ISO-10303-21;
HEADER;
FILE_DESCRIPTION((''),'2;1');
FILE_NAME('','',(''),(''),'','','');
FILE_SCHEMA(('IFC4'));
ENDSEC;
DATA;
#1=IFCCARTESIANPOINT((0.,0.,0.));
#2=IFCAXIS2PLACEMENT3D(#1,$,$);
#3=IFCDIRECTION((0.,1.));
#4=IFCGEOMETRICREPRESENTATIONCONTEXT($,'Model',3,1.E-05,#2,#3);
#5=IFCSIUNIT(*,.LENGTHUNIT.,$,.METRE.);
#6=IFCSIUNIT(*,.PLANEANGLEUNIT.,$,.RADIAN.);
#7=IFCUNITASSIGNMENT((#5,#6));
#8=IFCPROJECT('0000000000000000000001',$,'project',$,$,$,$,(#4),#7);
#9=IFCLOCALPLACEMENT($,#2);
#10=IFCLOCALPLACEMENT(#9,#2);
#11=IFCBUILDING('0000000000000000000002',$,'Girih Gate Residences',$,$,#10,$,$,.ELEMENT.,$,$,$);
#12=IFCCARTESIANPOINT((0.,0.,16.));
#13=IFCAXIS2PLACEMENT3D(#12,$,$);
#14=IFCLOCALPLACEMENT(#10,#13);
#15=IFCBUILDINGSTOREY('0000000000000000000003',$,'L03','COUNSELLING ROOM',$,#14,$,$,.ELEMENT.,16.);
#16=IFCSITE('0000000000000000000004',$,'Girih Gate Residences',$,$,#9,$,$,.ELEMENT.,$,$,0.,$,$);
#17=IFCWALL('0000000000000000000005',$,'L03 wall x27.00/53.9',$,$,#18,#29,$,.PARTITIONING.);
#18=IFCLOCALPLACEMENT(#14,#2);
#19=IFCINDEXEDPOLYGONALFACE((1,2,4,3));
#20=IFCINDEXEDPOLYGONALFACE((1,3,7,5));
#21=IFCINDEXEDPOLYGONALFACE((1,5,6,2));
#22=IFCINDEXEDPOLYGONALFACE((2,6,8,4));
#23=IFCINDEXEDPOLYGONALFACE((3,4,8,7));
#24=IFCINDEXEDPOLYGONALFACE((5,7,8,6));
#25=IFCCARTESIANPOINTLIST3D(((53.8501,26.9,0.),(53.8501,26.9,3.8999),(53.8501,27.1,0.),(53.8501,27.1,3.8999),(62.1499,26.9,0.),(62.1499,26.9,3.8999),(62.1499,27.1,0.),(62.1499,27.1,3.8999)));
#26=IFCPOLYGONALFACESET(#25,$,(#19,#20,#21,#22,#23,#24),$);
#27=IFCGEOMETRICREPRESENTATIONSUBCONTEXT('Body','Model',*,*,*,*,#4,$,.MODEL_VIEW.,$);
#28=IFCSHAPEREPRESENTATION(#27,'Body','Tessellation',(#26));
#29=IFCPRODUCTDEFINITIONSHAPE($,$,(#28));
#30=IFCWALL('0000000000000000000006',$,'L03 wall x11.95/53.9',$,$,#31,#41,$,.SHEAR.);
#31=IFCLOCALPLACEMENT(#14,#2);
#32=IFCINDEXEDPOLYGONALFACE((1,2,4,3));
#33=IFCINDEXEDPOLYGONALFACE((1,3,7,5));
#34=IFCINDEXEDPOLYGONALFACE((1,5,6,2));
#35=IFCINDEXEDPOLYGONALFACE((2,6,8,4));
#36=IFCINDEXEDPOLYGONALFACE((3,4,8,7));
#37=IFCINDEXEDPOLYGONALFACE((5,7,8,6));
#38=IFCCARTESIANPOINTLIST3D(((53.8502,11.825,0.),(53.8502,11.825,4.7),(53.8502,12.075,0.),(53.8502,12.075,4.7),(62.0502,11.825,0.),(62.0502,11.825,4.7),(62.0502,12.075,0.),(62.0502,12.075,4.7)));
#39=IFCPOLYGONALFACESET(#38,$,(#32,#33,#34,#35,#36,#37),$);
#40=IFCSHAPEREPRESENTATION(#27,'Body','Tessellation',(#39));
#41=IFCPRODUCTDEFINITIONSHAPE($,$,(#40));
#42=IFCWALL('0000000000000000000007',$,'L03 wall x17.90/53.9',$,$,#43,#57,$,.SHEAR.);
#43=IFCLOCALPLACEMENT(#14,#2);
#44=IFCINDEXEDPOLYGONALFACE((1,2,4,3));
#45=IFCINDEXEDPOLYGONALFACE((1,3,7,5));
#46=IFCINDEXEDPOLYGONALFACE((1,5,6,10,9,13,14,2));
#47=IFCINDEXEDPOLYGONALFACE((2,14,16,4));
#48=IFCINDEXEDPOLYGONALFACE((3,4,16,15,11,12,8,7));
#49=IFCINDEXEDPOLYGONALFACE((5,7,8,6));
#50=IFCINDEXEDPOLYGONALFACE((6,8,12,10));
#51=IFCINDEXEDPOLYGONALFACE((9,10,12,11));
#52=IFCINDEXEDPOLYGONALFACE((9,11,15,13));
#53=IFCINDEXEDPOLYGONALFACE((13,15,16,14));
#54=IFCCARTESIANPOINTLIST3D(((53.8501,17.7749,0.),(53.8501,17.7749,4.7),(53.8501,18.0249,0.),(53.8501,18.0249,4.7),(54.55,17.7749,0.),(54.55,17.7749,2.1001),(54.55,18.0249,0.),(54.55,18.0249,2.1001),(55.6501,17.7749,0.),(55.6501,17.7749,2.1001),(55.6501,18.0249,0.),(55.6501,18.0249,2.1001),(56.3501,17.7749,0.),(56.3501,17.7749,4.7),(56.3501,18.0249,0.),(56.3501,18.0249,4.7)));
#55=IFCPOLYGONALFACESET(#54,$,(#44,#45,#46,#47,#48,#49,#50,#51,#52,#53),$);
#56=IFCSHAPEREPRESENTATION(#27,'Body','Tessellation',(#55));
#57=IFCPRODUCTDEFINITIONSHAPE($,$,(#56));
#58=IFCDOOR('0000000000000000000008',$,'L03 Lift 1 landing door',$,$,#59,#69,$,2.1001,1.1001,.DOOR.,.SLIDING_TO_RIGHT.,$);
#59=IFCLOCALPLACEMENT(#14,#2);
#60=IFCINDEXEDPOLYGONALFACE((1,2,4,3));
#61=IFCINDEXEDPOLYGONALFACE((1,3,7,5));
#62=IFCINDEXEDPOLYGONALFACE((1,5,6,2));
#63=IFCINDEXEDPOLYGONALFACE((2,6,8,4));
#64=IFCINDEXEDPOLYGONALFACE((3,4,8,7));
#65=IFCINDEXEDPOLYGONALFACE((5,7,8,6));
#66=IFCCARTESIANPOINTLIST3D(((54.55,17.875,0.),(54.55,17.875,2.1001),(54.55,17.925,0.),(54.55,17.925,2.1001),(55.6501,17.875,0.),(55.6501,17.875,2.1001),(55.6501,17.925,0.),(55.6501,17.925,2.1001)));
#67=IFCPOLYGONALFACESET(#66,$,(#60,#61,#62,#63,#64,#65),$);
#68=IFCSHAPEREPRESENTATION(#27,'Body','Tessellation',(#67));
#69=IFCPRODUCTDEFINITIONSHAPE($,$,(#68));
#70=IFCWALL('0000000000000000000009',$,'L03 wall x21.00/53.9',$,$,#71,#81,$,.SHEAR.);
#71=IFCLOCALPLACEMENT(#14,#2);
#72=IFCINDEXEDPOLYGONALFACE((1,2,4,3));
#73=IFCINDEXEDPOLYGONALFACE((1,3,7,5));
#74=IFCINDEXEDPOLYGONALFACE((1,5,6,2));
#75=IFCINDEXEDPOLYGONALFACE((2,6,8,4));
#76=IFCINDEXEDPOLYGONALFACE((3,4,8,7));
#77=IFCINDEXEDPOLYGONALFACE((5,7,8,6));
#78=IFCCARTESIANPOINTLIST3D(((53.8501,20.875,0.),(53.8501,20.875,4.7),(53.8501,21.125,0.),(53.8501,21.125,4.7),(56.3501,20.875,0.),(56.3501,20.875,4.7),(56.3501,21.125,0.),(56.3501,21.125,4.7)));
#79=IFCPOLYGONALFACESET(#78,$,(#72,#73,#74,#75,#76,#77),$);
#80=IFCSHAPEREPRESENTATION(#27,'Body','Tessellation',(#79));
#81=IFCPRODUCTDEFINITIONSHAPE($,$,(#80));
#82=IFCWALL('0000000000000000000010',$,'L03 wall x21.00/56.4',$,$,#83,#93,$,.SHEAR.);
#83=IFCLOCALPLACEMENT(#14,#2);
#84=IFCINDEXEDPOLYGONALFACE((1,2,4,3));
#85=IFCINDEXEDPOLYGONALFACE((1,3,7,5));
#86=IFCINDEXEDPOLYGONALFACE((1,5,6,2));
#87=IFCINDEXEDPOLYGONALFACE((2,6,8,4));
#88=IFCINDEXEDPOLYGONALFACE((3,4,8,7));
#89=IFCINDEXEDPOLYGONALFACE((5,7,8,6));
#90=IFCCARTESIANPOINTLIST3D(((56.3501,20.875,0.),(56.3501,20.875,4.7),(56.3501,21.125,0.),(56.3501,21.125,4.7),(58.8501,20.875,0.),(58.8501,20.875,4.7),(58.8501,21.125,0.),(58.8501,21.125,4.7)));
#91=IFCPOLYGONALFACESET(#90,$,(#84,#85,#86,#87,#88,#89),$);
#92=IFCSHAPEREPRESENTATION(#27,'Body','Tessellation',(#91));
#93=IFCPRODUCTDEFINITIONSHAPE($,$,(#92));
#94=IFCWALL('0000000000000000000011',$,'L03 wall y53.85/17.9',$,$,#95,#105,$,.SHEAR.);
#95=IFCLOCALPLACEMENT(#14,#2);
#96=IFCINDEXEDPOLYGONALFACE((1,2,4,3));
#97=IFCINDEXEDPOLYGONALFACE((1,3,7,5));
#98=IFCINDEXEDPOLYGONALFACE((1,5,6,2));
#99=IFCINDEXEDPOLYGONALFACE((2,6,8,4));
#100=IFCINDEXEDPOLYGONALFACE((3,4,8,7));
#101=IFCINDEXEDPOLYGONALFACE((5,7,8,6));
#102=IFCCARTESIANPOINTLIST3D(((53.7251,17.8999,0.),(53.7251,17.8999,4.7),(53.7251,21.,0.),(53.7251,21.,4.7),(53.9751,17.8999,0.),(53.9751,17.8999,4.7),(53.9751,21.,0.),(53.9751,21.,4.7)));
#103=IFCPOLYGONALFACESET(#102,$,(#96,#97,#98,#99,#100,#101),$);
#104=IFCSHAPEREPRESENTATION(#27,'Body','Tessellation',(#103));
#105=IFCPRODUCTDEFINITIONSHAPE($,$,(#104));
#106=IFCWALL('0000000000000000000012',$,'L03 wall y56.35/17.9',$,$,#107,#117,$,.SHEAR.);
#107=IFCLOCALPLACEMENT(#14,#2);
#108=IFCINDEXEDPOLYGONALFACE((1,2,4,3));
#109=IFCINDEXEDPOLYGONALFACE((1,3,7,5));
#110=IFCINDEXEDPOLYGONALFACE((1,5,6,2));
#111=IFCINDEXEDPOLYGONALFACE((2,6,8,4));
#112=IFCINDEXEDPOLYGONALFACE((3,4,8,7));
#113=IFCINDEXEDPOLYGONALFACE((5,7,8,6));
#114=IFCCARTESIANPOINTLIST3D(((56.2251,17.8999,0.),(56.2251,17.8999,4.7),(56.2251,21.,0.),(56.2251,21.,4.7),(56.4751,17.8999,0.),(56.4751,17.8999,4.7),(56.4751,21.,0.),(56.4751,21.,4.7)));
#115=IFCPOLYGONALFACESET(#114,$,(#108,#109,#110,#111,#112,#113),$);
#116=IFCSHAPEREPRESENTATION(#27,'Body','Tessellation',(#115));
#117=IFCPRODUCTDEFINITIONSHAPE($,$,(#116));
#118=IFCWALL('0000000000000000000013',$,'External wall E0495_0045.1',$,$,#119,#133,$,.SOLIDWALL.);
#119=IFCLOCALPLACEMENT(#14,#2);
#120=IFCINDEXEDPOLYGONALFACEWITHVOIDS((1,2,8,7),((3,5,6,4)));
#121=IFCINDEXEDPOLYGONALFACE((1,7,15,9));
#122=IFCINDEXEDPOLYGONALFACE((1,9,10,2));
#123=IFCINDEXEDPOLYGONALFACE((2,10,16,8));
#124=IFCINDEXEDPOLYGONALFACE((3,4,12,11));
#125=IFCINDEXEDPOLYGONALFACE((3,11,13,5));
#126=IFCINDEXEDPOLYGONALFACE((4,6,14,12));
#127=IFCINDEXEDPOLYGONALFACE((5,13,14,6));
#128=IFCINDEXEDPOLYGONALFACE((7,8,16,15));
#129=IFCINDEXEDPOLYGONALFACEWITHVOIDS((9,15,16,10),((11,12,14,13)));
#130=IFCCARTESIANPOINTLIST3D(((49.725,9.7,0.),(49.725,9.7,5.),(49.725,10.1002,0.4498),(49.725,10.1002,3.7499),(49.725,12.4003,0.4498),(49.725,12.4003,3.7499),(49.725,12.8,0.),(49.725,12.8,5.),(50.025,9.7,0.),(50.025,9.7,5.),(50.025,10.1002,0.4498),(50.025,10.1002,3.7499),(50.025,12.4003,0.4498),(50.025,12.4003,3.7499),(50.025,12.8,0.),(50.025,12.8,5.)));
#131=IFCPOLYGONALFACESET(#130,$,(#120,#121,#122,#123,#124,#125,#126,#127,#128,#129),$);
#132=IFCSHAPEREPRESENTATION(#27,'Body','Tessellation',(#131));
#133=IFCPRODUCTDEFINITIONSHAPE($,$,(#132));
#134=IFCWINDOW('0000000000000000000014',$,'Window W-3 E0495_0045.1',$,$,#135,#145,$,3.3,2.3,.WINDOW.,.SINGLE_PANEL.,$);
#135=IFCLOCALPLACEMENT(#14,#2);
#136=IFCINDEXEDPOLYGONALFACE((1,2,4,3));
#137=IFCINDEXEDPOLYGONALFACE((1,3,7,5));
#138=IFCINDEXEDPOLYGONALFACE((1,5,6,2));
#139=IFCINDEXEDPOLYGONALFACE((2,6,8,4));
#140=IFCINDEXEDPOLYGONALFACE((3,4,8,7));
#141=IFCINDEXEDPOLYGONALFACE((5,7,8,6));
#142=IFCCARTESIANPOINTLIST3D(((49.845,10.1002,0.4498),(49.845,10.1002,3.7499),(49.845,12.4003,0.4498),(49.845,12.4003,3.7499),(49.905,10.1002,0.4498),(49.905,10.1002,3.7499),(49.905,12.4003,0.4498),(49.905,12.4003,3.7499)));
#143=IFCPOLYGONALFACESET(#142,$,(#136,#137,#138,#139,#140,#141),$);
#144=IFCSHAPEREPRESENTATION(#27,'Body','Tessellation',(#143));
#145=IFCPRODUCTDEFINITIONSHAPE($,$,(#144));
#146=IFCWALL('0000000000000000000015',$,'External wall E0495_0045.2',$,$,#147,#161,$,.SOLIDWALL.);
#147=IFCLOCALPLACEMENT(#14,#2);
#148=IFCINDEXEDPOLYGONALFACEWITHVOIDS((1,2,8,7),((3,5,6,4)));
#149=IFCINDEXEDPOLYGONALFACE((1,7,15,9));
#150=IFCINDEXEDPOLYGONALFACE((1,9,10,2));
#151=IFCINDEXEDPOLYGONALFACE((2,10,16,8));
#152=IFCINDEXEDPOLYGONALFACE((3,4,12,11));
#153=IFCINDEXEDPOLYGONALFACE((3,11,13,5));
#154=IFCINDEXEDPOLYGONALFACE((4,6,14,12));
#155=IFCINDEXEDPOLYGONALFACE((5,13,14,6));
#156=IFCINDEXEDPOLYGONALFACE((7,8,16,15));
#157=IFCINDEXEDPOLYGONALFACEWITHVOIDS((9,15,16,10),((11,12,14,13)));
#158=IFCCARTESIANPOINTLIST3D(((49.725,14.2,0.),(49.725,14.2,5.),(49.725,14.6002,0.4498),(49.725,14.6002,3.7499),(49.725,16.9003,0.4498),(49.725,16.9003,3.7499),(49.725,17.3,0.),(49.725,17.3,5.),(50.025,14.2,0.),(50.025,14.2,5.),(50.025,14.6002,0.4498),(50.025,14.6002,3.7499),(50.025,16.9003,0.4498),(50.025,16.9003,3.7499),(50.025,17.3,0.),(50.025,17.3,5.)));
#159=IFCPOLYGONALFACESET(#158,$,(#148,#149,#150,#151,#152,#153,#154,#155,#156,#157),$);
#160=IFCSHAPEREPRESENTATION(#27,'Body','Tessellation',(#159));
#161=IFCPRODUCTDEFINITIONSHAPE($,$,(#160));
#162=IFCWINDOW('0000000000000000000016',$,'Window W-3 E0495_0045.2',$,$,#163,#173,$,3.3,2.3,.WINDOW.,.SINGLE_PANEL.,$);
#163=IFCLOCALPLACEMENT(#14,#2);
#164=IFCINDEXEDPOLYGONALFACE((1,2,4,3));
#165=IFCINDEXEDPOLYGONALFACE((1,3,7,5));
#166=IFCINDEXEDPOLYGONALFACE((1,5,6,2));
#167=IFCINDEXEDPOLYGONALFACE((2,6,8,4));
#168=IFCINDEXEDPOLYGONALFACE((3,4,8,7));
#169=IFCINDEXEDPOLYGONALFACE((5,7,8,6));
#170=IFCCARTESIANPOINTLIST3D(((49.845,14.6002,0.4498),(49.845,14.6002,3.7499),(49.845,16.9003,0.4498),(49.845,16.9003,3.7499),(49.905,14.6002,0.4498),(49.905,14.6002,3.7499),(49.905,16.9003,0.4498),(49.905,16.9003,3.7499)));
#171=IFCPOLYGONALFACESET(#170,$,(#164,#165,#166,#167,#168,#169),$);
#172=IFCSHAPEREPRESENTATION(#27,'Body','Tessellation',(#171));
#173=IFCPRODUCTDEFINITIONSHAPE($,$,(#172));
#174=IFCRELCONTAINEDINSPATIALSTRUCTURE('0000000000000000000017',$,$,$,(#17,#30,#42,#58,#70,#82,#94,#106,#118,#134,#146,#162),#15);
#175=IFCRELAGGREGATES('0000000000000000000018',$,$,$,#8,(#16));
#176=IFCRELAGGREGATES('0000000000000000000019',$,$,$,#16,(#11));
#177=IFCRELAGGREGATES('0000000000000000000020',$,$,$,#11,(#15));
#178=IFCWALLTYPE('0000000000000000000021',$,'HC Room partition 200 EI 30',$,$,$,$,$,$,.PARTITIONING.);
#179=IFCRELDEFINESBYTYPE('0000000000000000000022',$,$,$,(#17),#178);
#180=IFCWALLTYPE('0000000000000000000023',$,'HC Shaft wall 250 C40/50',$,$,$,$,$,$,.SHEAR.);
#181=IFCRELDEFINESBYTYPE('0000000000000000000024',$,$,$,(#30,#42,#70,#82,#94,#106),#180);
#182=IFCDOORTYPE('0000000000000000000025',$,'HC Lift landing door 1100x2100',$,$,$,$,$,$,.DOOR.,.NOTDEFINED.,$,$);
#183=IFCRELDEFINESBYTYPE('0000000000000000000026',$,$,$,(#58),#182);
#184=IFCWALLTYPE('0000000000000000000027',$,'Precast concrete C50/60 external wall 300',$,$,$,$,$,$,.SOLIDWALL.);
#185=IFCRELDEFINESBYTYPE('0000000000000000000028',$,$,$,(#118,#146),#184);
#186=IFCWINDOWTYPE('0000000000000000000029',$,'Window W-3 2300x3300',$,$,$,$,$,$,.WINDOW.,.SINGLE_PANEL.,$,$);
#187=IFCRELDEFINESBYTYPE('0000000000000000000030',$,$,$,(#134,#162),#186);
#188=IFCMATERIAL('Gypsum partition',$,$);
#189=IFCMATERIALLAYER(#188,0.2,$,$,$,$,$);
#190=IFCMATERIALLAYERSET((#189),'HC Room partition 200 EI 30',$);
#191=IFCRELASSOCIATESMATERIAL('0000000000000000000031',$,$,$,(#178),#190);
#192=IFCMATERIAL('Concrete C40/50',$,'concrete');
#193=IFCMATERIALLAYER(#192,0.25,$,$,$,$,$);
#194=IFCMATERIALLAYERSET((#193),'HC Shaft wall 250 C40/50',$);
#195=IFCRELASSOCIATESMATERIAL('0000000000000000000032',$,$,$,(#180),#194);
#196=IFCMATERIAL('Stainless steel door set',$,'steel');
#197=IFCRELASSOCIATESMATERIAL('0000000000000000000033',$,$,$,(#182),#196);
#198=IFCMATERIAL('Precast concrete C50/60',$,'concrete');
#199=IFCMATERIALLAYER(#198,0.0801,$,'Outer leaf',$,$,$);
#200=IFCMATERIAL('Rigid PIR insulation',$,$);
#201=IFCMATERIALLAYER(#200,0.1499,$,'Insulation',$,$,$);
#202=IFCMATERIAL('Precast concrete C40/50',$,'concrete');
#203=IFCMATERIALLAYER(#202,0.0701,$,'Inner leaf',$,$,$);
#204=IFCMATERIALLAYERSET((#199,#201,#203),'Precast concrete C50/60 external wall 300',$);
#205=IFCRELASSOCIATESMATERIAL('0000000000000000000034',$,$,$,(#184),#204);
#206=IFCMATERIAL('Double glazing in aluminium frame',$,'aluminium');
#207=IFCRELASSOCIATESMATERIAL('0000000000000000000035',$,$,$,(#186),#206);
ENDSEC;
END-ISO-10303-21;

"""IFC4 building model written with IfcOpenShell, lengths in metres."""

from ifc_helpers import new_model, si_unit, direction, frame, frame_2d, origin, place, context, subcontext, project, spatial, rectangle, extrude, material, layer, layer_set, type_object, element, fill, save


model = new_model("IFC4")

# Units and contexts
model_context = context("Model", 3, precision=1e-05, world=origin(), true_north=direction((0.0, 1.0)))
body_context = subcontext(model_context, "Body", "Model", "MODEL_VIEW")
ifc_project = project(units=[si_unit("LENGTHUNIT", "METRE"), si_unit("PLANEANGLEUNIT", "RADIAN")], contexts=[model_context])

# Site, building, storey
site_placement = place(None, origin())
site = spatial("IfcSite", under=ifc_project, at=site_placement, Name="Girih Gate Residences", CompositionType="ELEMENT", RefElevation=0.0)
building_placement = place(site_placement, origin())
building = spatial("IfcBuilding", under=site, at=building_placement, Name="Girih Gate Residences", CompositionType="ELEMENT")
storey_placement = place(building_placement, frame((0.0, 0.0, 16.0)))
storey = spatial("IfcBuildingStorey", under=building, at=storey_placement, Name="L03", Description="COUNSELLING ROOM", CompositionType="ELEMENT", Elevation=16.0)

# Shared definitions
ifc_material_1 = material(Name="Concrete C40/50", Category="concrete")

# Walls
ifc_material_2 = material(Name="Gypsum partition")
ifc_layer_1 = layer(ifc_material_2, 0.2)
ifc_layer_set_1 = layer_set([ifc_layer_1], Name="HC Room partition 200 EI 30")
wall_type_1 = type_object("IfcWallType", Name="HC Room partition 200 EI 30", PredefinedType="PARTITIONING", material=ifc_layer_set_1)
wall_1_placement = place(storey_placement, frame((53.8501, 27.0, 0.0), z_axis=(0.0, 0.0, 1.0), x_axis=(1.0, 0.0, 0.0)))
element("IfcWall", 1, at=wall_1_placement, inside=storey, type_object=wall_type_1, Name="L03 wall x27.00/53.9", PredefinedType="PARTITIONING", context=body_context, shape_type="SweptSolid", body=[
    extrude(rectangle(XDim=8.2998, YDim=0.2, at=frame_2d((4.1499, 0.0))), origin(), (0.0, 0.0, 1.0), 3.8999),
])
ifc_layer_2 = layer(ifc_material_1, 0.25)
ifc_layer_set_2 = layer_set([ifc_layer_2], Name="HC Shaft wall 250 C40/50")
wall_type_2 = type_object("IfcWallType", Name="HC Shaft wall 250 C40/50", PredefinedType="SHEAR", material=ifc_layer_set_2)
wall_2_placement = place(storey_placement, frame((53.8501, 11.95, 0.0), z_axis=(0.0, 0.0, 1.0), x_axis=(1.0, 0.0, 0.0)))
element("IfcWall", 2, at=wall_2_placement, inside=storey, type_object=wall_type_2, Name="L03 wall x11.95/53.9", PredefinedType="SHEAR", context=body_context, shape_type="SweptSolid", body=[
    extrude(rectangle(XDim=8.2, YDim=0.25, at=frame_2d((4.1001, 0.0))), origin(), (0.0, 0.0, 1.0), 4.7),
])

# Wall, opening, door
wall_3_placement = place(storey_placement, frame((56.3501, 17.8999, 0.0), z_axis=(0.0, 0.0, 1.0), x_axis=(-1.0, 0.0, 0.0)))
wall_3 = element("IfcWall", 3, at=wall_3_placement, inside=storey, type_object=wall_type_2, Name="L03 wall x17.90/53.9", PredefinedType="SHEAR", context=body_context, shape_type="SweptSolid", body=[
    extrude(rectangle(XDim=2.5, YDim=0.25, at=frame_2d((1.25, 0.0))), origin(), (0.0, 0.0, 1.0), 4.7),
])
opening_1_placement = place(wall_3_placement, frame((0.7, 0.0, 0.0)))
opening_1 = element("IfcOpeningElement", 4, at=opening_1_placement, cuts=wall_3, PredefinedType="OPENING", context=body_context, shape_type="SweptSolid", body=[
    extrude(rectangle(XDim=1.1001, YDim=2.1001, at=frame_2d((0.55, 1.05))), frame((0.0, 0.135, 0.0), z_axis=(0.0, -1.0, 0.0), x_axis=(1.0, 0.0, 0.0)), (0.0, 0.0, 1.0), 0.27),
])
ifc_material_3 = material(Name="Stainless steel door set", Category="steel")
door_type_1 = type_object("IfcDoorType", Name="HC Lift landing door 1100x2100", OperationType="NOTDEFINED", PredefinedType="DOOR", material=ifc_material_3)
door_1_placement = place(opening_1_placement, origin())
door_1 = element("IfcDoor", 5, at=door_1_placement, inside=storey, type_object=door_type_1, Name="L03 Lift 1 landing door", OperationType="SLIDING_TO_RIGHT", OverallHeight=2.1001, OverallWidth=1.1001, PredefinedType="DOOR", context=body_context, shape_type="SweptSolid", body=[
    extrude(rectangle(XDim=1.1001, YDim=2.1001, at=frame_2d((0.55, 1.05))), frame((0.0, 0.0249, 0.0), z_axis=(0.0, -1.0, 0.0), x_axis=(1.0, 0.0, 0.0)), (0.0, 0.0, 1.0), 0.05),
])
fill(opening_1, door_1)

# Walls
for number, where, z_axis, x_axis, name in (
    (6, (53.8501, 21.0, 0.0), (0.0, 0.0, 1.0), (1.0, 0.0, 0.0), "L03 wall x21.00/53.9"),
    (7, (56.3501, 21.0, 0.0), (0.0, 0.0, 1.0), (1.0, 0.0, 0.0), "L03 wall x21.00/56.4"),
):
    element("IfcWall", number, at=place(storey_placement, frame(where, z_axis=z_axis, x_axis=x_axis)), inside=storey, type_object=wall_type_2, Name=name, PredefinedType="SHEAR", context=body_context, shape_type="SweptSolid", body=[
        extrude(rectangle(XDim=2.5, YDim=0.25, at=frame_2d((1.25, 0.0))), origin(), (0.0, 0.0, 1.0), 4.7),
    ])
for number, where, z_axis, x_axis, name in (
    (8, (53.8501, 17.8999, 0.0), (0.0, 0.0, 1.0), (0.0, 1.0, 0.0), "L03 wall y53.85/17.9"),
    (9, (56.3501, 17.8999, 0.0), (0.0, 0.0, 1.0), (0.0, 1.0, 0.0), "L03 wall y56.35/17.9"),
):
    element("IfcWall", number, at=place(storey_placement, frame(where, z_axis=z_axis, x_axis=x_axis)), inside=storey, type_object=wall_type_2, Name=name, PredefinedType="SHEAR", context=body_context, shape_type="SweptSolid", body=[
        extrude(rectangle(XDim=3.1001, YDim=0.25, at=frame_2d((1.55, 0.0))), origin(), (0.0, 0.0, 1.0), 4.7),
    ])

# Walls, openings, windows
ifc_material_4 = material(Name="Precast concrete C50/60", Category="concrete")
ifc_layer_3 = layer(ifc_material_4, 0.0801, Name="Outer leaf")
ifc_material_5 = material(Name="Rigid PIR insulation")
ifc_layer_4 = layer(ifc_material_5, 0.1499, Name="Insulation")
ifc_material_6 = material(Name="Precast concrete C40/50", Category="concrete")
ifc_layer_5 = layer(ifc_material_6, 0.0701, Name="Inner leaf")
ifc_layer_set_3 = layer_set([ifc_layer_3, ifc_layer_4, ifc_layer_5], Name="Precast concrete C50/60 external wall 300")
wall_type_3 = type_object("IfcWallType", Name="Precast concrete C50/60 external wall 300", PredefinedType="SOLIDWALL", material=ifc_layer_set_3)
wall_4_placement = place(storey_placement, frame((49.875, 12.8, 0.0), z_axis=(0.0, 0.0, 1.0), x_axis=(0.0, -1.0, 0.0)))
wall_4 = element("IfcWall", 10, at=wall_4_placement, inside=storey, type_object=wall_type_3, Name="External wall E0495_0045.1", PredefinedType="SOLIDWALL", context=body_context, shape_type="SweptSolid", body=[
    extrude(rectangle(XDim=3.1001, YDim=0.3, at=frame_2d((1.55, 0.0))), origin(), (0.0, 0.0, 1.0), 5.0),
])
opening_2_placement = place(wall_4_placement, frame((0.3999, 0.0, 0.45)))
opening_2 = element("IfcOpeningElement", 11, at=opening_2_placement, cuts=wall_4, PredefinedType="OPENING", context=body_context, shape_type="SweptSolid", body=[
    extrude(rectangle(XDim=2.3, YDim=3.3, at=frame_2d((1.1499, 1.6499))), frame((0.0, 0.1599, 0.0), z_axis=(0.0, -1.0, 0.0), x_axis=(1.0, 0.0, 0.0)), (0.0, 0.0, 1.0), 0.3201),
])
ifc_material_7 = material(Name="Double glazing in aluminium frame", Category="aluminium")
window_type = type_object("IfcWindowType", Name="Window W-3 2300x3300", PartitioningType="SINGLE_PANEL", PredefinedType="WINDOW", material=ifc_material_7)
window_1_placement = place(opening_2_placement, origin())
window_1 = element("IfcWindow", 12, at=window_1_placement, inside=storey, type_object=window_type, Name="Window W-3 E0495_0045.1", OverallHeight=3.3, OverallWidth=2.3, PartitioningType="SINGLE_PANEL", PredefinedType="WINDOW", context=body_context, shape_type="SweptSolid", body=[
    extrude(rectangle(XDim=2.3, YDim=3.3, at=frame_2d((1.1499, 1.6499))), frame((0.0, 0.03, 0.0), z_axis=(0.0, -1.0, 0.0), x_axis=(1.0, 0.0, 0.0)), (0.0, 0.0, 1.0), 0.0601),
])
fill(opening_2, window_1)
wall_5_placement = place(storey_placement, frame((49.875, 17.3, 0.0), z_axis=(0.0, 0.0, 1.0), x_axis=(0.0, -1.0, 0.0)))
wall_5 = element("IfcWall", 13, at=wall_5_placement, inside=storey, type_object=wall_type_3, Name="External wall E0495_0045.2", PredefinedType="SOLIDWALL", context=body_context, shape_type="SweptSolid", body=[
    extrude(rectangle(XDim=3.1001, YDim=0.3, at=frame_2d((1.55, 0.0))), origin(), (0.0, 0.0, 1.0), 5.0),
])
opening_3_placement = place(wall_5_placement, frame((0.3999, 0.0, 0.45)))
opening_3 = element("IfcOpeningElement", 14, at=opening_3_placement, cuts=wall_5, PredefinedType="OPENING", context=body_context, shape_type="SweptSolid", body=[
    extrude(rectangle(XDim=2.3, YDim=3.3, at=frame_2d((1.1499, 1.6499))), frame((0.0, 0.1599, 0.0), z_axis=(0.0, -1.0, 0.0), x_axis=(1.0, 0.0, 0.0)), (0.0, 0.0, 1.0), 0.3201),
])
window_2_placement = place(opening_3_placement, origin())
window_2 = element("IfcWindow", 15, at=window_2_placement, inside=storey, type_object=window_type, Name="Window W-3 E0495_0045.2", OverallHeight=3.3, OverallWidth=2.3, PartitioningType="SINGLE_PANEL", PredefinedType="WINDOW", context=body_context, shape_type="SweptSolid", body=[
    extrude(rectangle(XDim=2.3, YDim=3.3, at=frame_2d((1.1499, 1.6499))), frame((0.0, 0.03, 0.0), z_axis=(0.0, -1.0, 0.0), x_axis=(1.0, 0.0, 0.0)), (0.0, 0.0, 1.0), 0.0601),
])
fill(opening_3, window_2)

save(model, "model.ifc")
